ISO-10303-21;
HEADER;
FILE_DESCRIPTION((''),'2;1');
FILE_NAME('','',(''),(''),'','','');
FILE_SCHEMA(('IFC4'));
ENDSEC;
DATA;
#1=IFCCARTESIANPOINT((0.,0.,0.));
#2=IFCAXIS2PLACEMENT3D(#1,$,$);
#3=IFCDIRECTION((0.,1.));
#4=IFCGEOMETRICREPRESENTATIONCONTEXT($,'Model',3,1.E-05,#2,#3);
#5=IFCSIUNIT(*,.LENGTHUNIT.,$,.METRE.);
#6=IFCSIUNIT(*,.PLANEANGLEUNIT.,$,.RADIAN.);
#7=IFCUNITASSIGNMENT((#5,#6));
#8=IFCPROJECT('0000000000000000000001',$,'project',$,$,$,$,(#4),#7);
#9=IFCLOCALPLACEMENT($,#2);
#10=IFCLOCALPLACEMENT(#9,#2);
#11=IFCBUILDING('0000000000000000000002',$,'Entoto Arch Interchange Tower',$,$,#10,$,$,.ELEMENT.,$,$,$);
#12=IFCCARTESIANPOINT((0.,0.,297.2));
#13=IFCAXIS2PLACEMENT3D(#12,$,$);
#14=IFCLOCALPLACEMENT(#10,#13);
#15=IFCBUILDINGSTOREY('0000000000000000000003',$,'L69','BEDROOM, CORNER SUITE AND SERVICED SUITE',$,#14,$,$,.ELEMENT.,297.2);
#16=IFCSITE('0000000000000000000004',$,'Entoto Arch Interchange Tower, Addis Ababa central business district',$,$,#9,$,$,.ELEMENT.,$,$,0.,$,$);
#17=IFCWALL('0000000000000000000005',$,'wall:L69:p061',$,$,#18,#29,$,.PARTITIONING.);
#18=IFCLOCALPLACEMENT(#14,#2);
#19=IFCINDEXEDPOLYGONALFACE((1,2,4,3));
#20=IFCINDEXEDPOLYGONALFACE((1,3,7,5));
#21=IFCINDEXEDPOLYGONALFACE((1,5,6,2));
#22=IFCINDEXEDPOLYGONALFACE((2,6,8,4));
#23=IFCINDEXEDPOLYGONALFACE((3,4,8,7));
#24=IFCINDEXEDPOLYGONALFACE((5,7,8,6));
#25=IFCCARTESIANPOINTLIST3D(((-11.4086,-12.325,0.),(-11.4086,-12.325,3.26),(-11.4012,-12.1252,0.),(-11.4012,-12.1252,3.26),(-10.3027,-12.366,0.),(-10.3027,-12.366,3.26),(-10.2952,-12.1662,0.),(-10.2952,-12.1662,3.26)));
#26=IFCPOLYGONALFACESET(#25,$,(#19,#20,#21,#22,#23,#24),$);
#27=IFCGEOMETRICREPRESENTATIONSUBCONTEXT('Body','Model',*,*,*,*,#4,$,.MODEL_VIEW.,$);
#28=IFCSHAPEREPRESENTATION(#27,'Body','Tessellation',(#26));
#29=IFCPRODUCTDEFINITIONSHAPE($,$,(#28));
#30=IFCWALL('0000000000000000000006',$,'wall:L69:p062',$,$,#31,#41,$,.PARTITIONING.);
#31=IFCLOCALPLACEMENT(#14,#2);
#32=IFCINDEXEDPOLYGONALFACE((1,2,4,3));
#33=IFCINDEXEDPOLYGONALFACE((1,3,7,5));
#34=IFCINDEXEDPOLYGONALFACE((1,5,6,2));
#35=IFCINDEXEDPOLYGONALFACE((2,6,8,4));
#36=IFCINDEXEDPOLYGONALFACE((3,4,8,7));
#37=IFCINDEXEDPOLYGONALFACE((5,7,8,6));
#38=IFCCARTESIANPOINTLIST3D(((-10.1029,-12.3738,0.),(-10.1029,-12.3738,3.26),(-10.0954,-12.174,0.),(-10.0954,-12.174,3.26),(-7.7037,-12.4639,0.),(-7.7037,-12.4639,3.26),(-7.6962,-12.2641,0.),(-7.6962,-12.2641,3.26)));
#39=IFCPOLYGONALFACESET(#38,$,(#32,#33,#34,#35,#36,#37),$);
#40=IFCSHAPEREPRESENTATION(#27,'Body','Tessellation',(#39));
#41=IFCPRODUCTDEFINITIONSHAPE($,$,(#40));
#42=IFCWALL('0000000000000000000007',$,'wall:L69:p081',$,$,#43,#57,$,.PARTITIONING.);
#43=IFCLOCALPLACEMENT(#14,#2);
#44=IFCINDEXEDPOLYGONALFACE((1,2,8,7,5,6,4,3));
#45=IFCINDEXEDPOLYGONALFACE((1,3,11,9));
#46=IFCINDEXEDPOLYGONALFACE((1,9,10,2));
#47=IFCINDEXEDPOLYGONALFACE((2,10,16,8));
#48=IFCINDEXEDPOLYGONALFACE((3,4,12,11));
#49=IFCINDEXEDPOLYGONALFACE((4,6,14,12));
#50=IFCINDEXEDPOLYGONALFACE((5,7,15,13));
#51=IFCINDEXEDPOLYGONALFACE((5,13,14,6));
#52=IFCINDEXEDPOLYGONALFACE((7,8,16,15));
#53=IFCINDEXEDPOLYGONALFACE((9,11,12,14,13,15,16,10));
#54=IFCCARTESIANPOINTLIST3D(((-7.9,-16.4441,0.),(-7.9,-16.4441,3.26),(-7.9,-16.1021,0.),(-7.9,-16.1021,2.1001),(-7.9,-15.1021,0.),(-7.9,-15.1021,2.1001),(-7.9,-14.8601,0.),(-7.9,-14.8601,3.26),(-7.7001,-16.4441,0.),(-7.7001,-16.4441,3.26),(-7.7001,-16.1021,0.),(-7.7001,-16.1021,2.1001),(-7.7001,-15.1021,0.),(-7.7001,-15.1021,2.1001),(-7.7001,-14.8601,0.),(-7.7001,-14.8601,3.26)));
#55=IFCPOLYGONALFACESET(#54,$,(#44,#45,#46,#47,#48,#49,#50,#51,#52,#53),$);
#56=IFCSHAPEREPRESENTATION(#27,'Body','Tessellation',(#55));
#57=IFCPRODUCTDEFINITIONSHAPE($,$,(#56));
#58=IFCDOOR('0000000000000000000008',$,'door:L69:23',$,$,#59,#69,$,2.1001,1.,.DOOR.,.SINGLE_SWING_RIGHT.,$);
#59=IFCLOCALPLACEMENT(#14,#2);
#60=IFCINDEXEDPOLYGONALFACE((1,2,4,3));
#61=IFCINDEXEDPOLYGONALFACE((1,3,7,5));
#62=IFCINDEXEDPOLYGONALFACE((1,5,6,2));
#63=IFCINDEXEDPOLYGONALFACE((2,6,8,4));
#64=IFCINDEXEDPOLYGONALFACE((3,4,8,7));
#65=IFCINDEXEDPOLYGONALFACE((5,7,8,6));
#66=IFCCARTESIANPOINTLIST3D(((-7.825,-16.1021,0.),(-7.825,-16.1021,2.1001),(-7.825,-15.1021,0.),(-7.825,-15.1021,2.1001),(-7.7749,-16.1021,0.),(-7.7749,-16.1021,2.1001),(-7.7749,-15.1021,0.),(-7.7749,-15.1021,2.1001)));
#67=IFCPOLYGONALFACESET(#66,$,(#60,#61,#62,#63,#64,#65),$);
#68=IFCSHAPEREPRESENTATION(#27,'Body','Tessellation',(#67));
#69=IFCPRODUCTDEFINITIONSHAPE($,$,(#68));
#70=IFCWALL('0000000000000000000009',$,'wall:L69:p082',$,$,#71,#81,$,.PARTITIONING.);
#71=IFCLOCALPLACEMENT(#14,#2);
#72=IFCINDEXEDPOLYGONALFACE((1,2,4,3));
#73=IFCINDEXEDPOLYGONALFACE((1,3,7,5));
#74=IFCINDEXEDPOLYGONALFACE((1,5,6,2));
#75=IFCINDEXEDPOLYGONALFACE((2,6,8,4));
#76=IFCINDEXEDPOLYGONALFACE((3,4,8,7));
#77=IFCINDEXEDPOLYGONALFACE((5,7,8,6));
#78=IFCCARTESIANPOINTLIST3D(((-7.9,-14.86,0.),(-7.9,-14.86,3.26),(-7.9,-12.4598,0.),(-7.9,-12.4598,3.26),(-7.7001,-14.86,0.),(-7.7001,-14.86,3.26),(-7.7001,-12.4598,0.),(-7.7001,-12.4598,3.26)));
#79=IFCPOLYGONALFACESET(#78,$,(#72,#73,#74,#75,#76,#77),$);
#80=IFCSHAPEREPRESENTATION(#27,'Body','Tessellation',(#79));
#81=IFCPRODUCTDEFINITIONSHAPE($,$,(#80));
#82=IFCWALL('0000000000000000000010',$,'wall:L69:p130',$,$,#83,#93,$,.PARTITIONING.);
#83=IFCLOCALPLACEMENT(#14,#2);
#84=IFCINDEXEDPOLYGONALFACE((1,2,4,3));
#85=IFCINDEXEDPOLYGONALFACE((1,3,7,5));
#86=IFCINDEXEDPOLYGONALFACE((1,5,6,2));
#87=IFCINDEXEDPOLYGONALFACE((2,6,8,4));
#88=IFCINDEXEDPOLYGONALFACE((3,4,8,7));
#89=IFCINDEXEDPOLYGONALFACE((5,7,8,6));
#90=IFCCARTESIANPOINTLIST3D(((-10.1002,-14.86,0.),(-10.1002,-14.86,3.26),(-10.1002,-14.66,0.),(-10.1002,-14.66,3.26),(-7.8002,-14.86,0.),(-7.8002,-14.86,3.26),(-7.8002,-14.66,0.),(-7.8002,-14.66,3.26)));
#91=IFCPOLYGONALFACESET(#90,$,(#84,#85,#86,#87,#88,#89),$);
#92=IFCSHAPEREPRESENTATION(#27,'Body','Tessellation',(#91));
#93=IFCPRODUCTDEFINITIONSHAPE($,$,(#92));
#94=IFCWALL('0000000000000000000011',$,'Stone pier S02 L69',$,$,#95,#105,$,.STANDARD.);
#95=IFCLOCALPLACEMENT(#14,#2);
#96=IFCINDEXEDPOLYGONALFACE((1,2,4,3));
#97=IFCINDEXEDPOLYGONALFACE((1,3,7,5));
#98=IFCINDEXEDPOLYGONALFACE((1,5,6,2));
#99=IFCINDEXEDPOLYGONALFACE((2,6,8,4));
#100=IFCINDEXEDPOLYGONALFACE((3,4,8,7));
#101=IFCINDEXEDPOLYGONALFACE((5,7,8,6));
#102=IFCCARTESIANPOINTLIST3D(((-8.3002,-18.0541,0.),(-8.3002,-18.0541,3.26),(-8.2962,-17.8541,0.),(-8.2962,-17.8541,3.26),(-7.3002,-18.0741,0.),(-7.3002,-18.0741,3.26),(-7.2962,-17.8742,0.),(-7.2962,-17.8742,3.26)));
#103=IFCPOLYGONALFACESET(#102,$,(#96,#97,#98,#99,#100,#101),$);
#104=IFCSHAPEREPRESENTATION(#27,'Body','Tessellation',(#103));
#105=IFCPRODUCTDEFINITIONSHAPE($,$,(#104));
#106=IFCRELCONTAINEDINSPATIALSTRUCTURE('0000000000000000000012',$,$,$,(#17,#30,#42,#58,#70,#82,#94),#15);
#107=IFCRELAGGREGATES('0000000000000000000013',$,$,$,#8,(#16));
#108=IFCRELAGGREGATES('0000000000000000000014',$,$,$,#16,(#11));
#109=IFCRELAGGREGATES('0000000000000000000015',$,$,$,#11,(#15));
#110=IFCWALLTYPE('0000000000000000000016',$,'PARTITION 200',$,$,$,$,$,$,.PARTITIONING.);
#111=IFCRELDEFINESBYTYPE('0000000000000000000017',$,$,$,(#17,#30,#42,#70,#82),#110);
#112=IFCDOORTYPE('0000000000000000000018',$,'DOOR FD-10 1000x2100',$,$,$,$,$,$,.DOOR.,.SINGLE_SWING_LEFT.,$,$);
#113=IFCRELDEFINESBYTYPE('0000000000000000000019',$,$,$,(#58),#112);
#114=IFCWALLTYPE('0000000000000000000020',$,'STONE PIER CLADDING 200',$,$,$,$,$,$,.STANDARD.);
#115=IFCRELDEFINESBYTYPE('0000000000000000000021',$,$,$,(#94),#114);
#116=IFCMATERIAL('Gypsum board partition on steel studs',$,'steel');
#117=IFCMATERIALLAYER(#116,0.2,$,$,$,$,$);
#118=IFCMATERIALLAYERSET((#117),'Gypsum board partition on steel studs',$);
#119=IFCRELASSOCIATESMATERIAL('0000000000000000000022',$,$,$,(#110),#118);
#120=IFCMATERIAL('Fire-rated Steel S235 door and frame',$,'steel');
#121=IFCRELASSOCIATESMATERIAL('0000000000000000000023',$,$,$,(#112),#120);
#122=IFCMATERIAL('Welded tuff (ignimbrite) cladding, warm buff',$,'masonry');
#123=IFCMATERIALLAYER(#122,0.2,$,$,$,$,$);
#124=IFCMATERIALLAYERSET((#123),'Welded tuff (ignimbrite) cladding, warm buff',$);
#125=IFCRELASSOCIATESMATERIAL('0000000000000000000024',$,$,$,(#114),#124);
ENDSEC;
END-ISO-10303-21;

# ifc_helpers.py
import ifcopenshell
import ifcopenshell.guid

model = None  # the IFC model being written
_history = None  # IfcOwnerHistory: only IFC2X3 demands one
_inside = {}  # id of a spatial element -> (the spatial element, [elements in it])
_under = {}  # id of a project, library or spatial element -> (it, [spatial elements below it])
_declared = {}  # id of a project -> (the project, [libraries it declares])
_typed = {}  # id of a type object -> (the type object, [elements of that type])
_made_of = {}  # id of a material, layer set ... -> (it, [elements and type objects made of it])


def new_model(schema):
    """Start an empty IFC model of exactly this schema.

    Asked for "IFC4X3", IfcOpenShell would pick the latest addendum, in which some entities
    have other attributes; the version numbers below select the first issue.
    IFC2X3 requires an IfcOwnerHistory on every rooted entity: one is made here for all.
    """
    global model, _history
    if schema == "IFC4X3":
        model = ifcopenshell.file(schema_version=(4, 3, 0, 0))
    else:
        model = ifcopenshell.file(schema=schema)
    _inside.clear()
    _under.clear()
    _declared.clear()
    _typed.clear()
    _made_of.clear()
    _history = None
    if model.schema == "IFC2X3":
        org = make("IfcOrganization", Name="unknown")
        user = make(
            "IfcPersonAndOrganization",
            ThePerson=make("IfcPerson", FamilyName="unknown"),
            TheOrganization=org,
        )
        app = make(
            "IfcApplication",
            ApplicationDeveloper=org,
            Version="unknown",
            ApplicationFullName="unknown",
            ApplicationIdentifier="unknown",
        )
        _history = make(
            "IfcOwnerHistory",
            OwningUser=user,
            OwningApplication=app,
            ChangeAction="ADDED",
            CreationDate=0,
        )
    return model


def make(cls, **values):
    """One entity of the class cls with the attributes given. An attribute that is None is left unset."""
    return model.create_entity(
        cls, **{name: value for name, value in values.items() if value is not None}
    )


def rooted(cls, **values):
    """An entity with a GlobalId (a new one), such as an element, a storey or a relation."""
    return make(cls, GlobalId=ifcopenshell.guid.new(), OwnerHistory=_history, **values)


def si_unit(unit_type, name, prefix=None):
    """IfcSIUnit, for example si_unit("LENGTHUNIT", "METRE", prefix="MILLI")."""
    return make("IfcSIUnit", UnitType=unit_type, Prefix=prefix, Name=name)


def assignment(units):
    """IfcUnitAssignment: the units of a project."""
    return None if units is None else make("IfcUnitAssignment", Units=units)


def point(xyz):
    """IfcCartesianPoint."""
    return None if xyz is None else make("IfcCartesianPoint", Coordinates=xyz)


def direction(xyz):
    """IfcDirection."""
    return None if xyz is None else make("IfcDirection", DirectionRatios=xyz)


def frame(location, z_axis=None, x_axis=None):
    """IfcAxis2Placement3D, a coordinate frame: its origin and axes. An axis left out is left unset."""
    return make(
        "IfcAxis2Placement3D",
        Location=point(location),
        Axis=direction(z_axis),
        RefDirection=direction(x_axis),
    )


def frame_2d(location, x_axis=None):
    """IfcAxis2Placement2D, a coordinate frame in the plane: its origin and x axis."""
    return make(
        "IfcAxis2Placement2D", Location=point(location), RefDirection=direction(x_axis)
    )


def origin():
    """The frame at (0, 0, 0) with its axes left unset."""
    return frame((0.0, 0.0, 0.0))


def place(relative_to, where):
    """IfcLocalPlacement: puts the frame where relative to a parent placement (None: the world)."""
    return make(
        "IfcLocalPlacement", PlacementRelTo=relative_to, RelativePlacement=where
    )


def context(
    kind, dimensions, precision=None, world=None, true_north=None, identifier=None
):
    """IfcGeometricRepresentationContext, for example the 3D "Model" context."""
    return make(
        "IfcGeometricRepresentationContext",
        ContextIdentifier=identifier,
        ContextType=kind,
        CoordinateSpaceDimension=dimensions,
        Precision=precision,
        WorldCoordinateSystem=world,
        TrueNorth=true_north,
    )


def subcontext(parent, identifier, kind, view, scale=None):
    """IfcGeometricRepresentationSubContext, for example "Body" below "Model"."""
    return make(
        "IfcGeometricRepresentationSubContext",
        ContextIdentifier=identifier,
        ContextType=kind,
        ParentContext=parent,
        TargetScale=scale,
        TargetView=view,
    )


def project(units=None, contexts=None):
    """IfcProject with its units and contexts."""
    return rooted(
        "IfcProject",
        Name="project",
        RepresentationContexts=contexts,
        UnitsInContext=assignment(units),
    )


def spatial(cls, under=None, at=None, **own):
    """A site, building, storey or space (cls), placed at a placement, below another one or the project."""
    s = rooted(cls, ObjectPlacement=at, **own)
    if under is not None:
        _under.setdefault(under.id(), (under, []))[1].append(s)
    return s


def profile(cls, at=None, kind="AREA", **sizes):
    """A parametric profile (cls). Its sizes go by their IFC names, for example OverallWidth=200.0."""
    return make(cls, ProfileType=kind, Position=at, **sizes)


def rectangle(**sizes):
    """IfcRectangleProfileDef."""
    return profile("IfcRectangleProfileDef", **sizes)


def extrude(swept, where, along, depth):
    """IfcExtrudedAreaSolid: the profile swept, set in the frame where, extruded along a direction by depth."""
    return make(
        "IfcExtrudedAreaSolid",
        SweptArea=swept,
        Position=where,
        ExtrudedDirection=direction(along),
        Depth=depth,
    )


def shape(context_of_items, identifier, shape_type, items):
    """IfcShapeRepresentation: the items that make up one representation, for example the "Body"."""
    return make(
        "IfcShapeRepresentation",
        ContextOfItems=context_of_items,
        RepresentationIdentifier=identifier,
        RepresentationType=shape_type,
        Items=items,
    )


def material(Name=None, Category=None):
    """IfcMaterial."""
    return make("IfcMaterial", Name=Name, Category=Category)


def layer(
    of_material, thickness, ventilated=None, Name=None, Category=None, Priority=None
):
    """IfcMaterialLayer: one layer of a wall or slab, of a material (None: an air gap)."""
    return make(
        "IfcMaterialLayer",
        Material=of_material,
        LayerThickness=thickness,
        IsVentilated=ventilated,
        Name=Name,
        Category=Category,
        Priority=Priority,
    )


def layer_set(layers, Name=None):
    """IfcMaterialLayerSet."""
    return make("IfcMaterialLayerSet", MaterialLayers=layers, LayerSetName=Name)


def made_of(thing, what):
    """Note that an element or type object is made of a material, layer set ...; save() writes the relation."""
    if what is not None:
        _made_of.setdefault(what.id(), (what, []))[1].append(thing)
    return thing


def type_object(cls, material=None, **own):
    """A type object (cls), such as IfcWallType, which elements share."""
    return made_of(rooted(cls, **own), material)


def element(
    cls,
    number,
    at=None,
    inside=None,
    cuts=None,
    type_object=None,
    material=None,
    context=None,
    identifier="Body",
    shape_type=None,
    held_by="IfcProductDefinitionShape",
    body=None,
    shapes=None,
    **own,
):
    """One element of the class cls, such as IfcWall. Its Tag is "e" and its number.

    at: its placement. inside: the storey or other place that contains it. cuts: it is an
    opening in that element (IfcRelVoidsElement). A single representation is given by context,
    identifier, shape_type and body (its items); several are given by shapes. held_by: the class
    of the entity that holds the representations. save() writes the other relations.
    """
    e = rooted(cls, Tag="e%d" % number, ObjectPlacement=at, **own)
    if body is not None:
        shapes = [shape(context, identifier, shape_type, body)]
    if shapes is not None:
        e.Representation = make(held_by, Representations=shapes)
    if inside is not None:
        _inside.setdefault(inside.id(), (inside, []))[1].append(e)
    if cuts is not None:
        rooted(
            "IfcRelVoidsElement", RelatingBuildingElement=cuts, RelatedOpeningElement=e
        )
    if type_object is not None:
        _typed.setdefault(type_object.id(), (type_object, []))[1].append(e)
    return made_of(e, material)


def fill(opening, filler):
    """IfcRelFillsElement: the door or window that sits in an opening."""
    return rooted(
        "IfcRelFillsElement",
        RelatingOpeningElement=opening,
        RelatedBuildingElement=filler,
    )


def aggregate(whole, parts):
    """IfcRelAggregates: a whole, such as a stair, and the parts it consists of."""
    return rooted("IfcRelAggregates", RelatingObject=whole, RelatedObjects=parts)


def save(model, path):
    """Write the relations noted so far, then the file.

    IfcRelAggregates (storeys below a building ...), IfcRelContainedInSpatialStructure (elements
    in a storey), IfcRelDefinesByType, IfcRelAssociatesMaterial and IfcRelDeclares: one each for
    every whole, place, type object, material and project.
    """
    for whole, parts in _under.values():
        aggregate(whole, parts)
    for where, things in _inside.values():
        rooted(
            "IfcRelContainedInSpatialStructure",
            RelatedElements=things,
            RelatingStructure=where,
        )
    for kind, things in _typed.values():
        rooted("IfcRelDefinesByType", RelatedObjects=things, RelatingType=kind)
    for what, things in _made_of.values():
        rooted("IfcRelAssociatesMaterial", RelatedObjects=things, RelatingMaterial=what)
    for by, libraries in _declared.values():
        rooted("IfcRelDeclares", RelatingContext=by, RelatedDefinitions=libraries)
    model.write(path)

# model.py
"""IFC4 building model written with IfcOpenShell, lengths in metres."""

from ifc_helpers import new_model, si_unit, direction, frame, frame_2d, origin, place, context, subcontext, project, spatial, rectangle, extrude, material, layer, layer_set, type_object, element, fill, save


model = new_model("IFC4")

# Units and contexts
model_context = context("Model", 3, precision=1e-05, world=origin(), true_north=direction((0.0, 1.0)))
body_context = subcontext(model_context, "Body", "Model", "MODEL_VIEW")
ifc_project = project(units=[si_unit("LENGTHUNIT", "METRE"), si_unit("PLANEANGLEUNIT", "RADIAN")], contexts=[model_context])

# Site, building, storey
site_placement = place(None, origin())
site = spatial("IfcSite", under=ifc_project, at=site_placement, Name="Entoto Arch Interchange Tower, Addis Ababa central business district", CompositionType="ELEMENT", RefElevation=0.0)
building_placement = place(site_placement, origin())
building = spatial("IfcBuilding", under=site, at=building_placement, Name="Entoto Arch Interchange Tower", CompositionType="ELEMENT")
storey_placement = place(building_placement, frame((0.0, 0.0, 297.2)))
storey = spatial("IfcBuildingStorey", under=building, at=storey_placement, Name="L69", Description="BEDROOM, CORNER SUITE AND SERVICED SUITE", CompositionType="ELEMENT", Elevation=297.2)

# Walls
ifc_material_1 = material(Name="Gypsum board partition on steel studs", Category="steel")
ifc_layer_1 = layer(ifc_material_1, 0.2)
ifc_layer_set_1 = layer_set([ifc_layer_1], Name="Gypsum board partition on steel studs")
wall_type_1 = type_object("IfcWallType", Name="PARTITION 200", PredefinedType="PARTITIONING", material=ifc_layer_set_1)
wall_1_placement = place(storey_placement, frame((-10.2991, -12.2661, 0.0), z_axis=(0.0, 0.0, 1.0), x_axis=(-0.999313, 0.037061, 0.0)))
element("IfcWall", 1, at=wall_1_placement, inside=storey, type_object=wall_type_1, Name="wall:L69:p061", PredefinedType="PARTITIONING", context=body_context, shape_type="SweptSolid", body=[
    extrude(rectangle(XDim=1.1067, YDim=0.2, at=frame_2d((0.5532, 0.0))), origin(), (0.0, 0.0, 1.0), 3.26),
])
wall_2_placement = place(storey_placement, frame((-7.7, -12.364, 0.0), z_axis=(0.0, 0.0, 1.0), x_axis=(-0.999296, 0.037523, 0.0)))
element("IfcWall", 2, at=wall_2_placement, inside=storey, type_object=wall_type_1, Name="wall:L69:p062", PredefinedType="PARTITIONING", context=body_context, shape_type="SweptSolid", body=[
    extrude(rectangle(XDim=2.4009, YDim=0.2, at=frame_2d((1.2004, 0.0))), origin(), (0.0, 0.0, 1.0), 3.26),
])

# Wall, opening, door
wall_3_placement = place(storey_placement, frame((-7.8, -16.4441, 0.0), z_axis=(0.0, 0.0, 1.0), x_axis=(0.0, 1.0, 0.0)))
wall_3 = element("IfcWall", 3, at=wall_3_placement, inside=storey, type_object=wall_type_1, Name="wall:L69:p081", PredefinedType="PARTITIONING", context=body_context, shape_type="SweptSolid", body=[
    extrude(rectangle(XDim=1.584, YDim=0.2, at=frame_2d((0.792, 0.0))), origin(), (0.0, 0.0, 1.0), 3.26),
])
opening_placement = place(wall_3_placement, frame((0.342, 0.0, 0.0)))
opening = element("IfcOpeningElement", 4, at=opening_placement, cuts=wall_3, PredefinedType="OPENING", context=body_context, shape_type="SweptSolid", body=[
    extrude(rectangle(XDim=1.0, YDim=2.1001, at=frame_2d((0.5, 1.05))), frame((0.0, 0.1099, 0.0), z_axis=(0.0, -1.0, 0.0), x_axis=(1.0, 0.0, 0.0)), (0.0, 0.0, 1.0), 0.22),
])
ifc_material_2 = material(Name="Fire-rated Steel S235 door and frame", Category="steel")
door_type = type_object("IfcDoorType", Name="DOOR FD-10 1000x2100", OperationType="SINGLE_SWING_LEFT", PredefinedType="DOOR", material=ifc_material_2)
door_placement = place(opening_placement, origin())
door = element("IfcDoor", 5, at=door_placement, inside=storey, type_object=door_type, Name="door:L69:23", OperationType="SINGLE_SWING_RIGHT", OverallHeight=2.1001, OverallWidth=1.0, PredefinedType="DOOR", context=body_context, shape_type="SweptSolid", body=[
    extrude(rectangle(XDim=1.0, YDim=2.1001, at=frame_2d((0.5, 1.05))), frame((0.0, 0.0249, 0.0), z_axis=(0.0, -1.0, 0.0), x_axis=(1.0, 0.0, 0.0)), (0.0, 0.0, 1.0), 0.05),
])
fill(opening, door)

# Walls
wall_4_placement = place(storey_placement, frame((-7.8, -14.8601, 0.0), z_axis=(0.0, 0.0, 1.0), x_axis=(0.0, 1.0, 0.0)))
element("IfcWall", 6, at=wall_4_placement, inside=storey, type_object=wall_type_1, Name="wall:L69:p082", PredefinedType="PARTITIONING", context=body_context, shape_type="SweptSolid", body=[
    extrude(rectangle(XDim=2.4001, YDim=0.2, at=frame_2d((1.2002, 0.0))), origin(), (0.0, 0.0, 1.0), 3.26),
])
wall_5_placement = place(storey_placement, frame((-10.1001, -14.76, 0.0), z_axis=(0.0, 0.0, 1.0), x_axis=(1.0, 0.0, 0.0)))
element("IfcWall", 7, at=wall_5_placement, inside=storey, type_object=wall_type_1, Name="wall:L69:p130", PredefinedType="PARTITIONING", context=body_context, shape_type="SweptSolid", body=[
    extrude(rectangle(XDim=2.3, YDim=0.2, at=frame_2d((1.1499, 0.0))), origin(), (0.0, 0.0, 1.0), 3.26),
])
ifc_material_3 = material(Name="Welded tuff (ignimbrite) cladding, warm buff", Category="masonry")
ifc_layer_2 = layer(ifc_material_3, 0.2)
ifc_layer_set_2 = layer_set([ifc_layer_2], Name="Welded tuff (ignimbrite) cladding, warm buff")
wall_type_2 = type_object("IfcWallType", Name="STONE PIER CLADDING 200", PredefinedType="STANDARD", material=ifc_layer_set_2)
wall_6_placement = place(storey_placement, frame((-8.2981, -17.9541, 0.0), z_axis=(0.0, 0.0, 1.0), x_axis=(0.9998, -0.020016, 0.0)))
element("IfcWall", 8, at=wall_6_placement, inside=storey, type_object=wall_type_2, Name="Stone pier S02 L69", PredefinedType="STANDARD", context=body_context, shape_type="SweptSolid", body=[
    extrude(rectangle(XDim=1.0002, YDim=0.2, at=frame_2d((0.5, 0.0))), origin(), (0.0, 0.0, 1.0), 3.26),
])

save(model, "model.ifc")
